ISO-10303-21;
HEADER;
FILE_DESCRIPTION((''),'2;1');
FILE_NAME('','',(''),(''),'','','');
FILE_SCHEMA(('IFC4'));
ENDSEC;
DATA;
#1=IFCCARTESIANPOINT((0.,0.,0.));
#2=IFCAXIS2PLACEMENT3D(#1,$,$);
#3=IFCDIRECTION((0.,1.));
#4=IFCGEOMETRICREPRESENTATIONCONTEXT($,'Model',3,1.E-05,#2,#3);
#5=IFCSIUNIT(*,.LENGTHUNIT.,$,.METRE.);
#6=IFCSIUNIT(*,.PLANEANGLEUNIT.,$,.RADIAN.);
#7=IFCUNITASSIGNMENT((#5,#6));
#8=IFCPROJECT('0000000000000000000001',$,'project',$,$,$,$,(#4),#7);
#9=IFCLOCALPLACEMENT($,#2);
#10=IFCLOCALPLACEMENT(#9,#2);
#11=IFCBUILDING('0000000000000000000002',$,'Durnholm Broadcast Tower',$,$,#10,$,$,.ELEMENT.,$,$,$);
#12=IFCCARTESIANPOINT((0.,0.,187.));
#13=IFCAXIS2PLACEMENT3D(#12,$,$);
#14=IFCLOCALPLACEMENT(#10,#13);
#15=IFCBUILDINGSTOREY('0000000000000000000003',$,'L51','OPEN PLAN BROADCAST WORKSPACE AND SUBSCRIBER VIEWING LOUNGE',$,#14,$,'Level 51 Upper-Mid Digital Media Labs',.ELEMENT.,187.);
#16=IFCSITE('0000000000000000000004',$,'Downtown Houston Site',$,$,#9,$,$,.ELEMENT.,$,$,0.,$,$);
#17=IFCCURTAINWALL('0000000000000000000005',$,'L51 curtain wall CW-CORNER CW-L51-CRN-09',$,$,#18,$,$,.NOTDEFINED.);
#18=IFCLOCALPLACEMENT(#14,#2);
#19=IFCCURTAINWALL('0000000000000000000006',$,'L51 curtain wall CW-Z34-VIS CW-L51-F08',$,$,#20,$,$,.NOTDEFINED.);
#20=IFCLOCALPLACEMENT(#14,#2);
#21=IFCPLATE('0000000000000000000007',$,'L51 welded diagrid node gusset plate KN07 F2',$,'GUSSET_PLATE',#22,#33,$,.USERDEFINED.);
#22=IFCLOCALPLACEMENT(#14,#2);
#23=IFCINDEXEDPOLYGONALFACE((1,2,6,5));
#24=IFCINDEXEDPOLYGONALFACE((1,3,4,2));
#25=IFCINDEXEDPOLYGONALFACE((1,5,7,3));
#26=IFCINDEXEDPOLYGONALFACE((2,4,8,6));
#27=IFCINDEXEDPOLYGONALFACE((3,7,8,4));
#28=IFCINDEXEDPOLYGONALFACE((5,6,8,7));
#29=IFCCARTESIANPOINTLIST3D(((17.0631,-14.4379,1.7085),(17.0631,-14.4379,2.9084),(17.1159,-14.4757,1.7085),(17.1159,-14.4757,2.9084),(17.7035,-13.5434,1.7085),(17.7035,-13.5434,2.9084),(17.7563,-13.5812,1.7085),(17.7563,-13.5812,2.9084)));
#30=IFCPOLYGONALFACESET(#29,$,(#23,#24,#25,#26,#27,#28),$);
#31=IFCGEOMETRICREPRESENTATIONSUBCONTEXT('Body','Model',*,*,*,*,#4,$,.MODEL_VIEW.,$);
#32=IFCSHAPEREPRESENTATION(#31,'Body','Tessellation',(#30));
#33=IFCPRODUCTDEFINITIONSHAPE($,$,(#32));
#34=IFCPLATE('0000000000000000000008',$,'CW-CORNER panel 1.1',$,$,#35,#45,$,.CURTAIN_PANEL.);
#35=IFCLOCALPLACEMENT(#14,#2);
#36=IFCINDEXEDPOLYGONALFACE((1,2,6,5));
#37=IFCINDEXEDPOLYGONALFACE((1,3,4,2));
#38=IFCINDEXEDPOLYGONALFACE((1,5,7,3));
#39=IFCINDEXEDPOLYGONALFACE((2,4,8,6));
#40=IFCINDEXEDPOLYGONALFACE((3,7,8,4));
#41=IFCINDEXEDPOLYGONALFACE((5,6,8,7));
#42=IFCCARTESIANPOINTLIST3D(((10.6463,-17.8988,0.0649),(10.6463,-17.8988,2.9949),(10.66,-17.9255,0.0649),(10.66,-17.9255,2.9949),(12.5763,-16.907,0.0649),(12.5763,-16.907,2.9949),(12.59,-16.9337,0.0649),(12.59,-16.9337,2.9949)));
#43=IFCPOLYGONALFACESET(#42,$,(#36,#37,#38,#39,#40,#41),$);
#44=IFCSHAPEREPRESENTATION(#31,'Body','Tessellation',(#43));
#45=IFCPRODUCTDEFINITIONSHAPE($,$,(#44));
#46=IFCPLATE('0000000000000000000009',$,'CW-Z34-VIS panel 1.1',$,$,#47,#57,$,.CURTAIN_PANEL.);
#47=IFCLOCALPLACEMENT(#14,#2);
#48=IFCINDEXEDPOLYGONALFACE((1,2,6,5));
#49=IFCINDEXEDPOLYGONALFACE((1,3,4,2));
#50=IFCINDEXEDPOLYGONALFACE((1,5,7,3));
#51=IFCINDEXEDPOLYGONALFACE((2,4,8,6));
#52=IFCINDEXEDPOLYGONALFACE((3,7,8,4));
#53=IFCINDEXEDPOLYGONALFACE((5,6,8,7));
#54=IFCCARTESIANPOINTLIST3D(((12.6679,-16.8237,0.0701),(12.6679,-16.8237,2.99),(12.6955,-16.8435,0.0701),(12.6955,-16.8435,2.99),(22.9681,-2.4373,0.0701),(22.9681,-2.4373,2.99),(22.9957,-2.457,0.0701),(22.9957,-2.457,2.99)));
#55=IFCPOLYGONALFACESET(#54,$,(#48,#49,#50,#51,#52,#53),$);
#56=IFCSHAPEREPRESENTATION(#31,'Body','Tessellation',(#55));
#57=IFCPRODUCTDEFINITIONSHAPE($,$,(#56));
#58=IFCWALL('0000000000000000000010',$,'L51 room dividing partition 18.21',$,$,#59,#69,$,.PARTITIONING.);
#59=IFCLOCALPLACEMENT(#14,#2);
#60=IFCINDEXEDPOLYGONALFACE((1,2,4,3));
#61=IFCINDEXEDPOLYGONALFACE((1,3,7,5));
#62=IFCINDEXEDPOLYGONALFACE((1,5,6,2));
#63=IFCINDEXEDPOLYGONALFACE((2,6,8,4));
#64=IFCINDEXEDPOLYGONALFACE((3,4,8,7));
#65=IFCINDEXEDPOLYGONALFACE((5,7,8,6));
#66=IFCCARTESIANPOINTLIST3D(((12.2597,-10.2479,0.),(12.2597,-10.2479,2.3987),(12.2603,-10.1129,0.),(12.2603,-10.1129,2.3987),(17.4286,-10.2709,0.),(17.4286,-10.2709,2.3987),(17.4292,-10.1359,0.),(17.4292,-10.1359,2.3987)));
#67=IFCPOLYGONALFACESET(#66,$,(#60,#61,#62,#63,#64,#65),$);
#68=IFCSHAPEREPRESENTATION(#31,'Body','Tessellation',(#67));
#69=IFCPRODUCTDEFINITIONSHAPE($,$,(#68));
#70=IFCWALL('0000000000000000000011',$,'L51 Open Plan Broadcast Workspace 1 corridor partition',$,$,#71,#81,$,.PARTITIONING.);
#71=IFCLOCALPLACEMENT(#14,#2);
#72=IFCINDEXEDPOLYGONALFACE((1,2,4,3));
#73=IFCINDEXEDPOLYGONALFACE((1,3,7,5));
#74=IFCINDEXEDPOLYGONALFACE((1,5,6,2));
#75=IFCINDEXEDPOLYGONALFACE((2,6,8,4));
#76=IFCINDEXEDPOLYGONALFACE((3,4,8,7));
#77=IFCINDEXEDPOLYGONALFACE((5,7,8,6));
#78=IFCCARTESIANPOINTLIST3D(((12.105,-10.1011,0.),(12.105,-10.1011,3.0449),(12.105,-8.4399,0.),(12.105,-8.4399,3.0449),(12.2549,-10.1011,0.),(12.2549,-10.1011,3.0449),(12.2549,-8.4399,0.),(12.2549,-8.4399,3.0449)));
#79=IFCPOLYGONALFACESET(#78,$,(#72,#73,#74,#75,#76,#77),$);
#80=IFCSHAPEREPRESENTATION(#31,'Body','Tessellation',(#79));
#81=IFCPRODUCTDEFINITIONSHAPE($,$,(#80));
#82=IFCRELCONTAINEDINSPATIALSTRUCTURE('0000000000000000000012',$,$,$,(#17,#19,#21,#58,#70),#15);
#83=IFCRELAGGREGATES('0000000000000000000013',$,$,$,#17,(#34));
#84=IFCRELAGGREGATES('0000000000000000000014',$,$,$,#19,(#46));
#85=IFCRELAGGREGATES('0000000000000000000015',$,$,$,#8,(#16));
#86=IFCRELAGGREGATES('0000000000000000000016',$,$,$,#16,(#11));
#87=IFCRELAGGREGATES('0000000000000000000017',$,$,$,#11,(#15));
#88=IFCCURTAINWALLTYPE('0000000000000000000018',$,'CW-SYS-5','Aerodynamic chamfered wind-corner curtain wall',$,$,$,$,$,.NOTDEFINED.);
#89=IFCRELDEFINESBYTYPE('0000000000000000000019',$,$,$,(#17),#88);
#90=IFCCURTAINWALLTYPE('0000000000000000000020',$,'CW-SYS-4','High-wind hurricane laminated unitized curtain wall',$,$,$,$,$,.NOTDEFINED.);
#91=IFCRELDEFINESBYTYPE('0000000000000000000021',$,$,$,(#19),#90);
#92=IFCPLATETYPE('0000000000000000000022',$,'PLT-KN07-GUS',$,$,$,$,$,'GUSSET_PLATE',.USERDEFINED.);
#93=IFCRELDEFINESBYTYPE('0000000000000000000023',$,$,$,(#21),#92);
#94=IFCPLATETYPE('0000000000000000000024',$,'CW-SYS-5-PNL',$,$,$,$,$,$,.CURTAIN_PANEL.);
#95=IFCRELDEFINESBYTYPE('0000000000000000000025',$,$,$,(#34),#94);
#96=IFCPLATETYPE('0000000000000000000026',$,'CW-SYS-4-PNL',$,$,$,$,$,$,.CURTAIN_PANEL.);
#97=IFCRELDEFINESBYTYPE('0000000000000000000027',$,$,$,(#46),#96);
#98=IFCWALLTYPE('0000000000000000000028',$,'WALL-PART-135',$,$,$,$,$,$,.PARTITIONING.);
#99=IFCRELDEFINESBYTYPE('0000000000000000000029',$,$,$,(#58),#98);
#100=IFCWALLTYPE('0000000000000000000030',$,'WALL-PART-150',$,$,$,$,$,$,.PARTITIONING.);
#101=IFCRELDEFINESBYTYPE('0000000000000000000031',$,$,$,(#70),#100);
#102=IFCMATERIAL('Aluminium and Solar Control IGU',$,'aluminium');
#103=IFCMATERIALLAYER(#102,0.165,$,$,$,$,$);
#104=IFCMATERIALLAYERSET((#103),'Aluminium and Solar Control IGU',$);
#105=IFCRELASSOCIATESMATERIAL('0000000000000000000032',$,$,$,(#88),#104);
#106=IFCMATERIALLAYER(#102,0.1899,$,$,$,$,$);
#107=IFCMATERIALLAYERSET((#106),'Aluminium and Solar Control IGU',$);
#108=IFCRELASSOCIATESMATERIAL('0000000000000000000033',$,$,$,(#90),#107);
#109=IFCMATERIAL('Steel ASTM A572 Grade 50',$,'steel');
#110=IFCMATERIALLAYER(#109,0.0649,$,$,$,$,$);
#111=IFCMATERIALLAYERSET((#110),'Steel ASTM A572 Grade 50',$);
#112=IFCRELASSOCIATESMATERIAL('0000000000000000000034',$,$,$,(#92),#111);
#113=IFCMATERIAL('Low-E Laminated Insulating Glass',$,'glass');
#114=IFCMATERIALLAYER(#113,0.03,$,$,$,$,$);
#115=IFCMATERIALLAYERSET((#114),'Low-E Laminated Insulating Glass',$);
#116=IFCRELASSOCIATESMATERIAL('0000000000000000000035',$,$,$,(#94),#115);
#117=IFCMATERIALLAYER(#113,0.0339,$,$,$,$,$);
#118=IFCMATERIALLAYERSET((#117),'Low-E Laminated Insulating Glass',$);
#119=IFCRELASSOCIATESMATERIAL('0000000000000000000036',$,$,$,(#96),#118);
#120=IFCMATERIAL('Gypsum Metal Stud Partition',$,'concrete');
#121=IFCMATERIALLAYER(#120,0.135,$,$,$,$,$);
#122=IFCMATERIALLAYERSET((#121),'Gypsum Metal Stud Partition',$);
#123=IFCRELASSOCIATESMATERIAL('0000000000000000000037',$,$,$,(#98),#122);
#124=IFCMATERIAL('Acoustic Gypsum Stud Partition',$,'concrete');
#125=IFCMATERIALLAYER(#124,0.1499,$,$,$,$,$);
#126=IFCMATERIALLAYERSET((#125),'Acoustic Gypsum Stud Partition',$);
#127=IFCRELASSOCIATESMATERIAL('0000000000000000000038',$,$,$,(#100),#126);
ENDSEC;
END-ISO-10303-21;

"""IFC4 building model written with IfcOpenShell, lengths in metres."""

from ifc_helpers import new_model, si_unit, direction, frame, frame_2d, origin, origin_2d, place, context, subcontext, project, spatial, rectangle, extrude, source, transform, mapped, material, layer, layer_set, type_object, type_shapes, element, aggregate, save


model = new_model("IFC4")

# Units and contexts
model_context = context("Model", 3, precision=1e-05, world=origin(), true_north=direction((0.0, 1.0)))
body_context = subcontext(model_context, "Body", "Model", "MODEL_VIEW")
ifc_project = project(units=[si_unit("LENGTHUNIT", "METRE"), si_unit("PLANEANGLEUNIT", "RADIAN")], contexts=[model_context])

# Site, building, storey
site_placement = place(None, origin())
site = spatial("IfcSite", under=ifc_project, at=site_placement, Name="Downtown Houston Site", CompositionType="ELEMENT", RefElevation=0.0)
building_placement = place(site_placement, origin())
building = spatial("IfcBuilding", under=site, at=building_placement, Name="Durnholm Broadcast Tower", CompositionType="ELEMENT")
storey_placement = place(building_placement, frame((0.0, 0.0, 187.0)))
storey = spatial("IfcBuildingStorey", under=building, at=storey_placement, Name="L51", Description="OPEN PLAN BROADCAST WORKSPACE AND SUBSCRIBER VIEWING LOUNGE", LongName="Level 51 Upper-Mid Digital Media Labs", CompositionType="ELEMENT", Elevation=187.0)

# Curtain wall
ifc_material_1 = material(Name="Aluminium and Solar Control IGU", Category="aluminium")
ifc_layer_1 = layer(ifc_material_1, 0.165)
ifc_layer_set_1 = layer_set([ifc_layer_1], Name="Aluminium and Solar Control IGU")
curtain_wall_type_1 = type_object("IfcCurtainWallType", Name="CW-SYS-5", Description="Aerodynamic chamfered wind-corner curtain wall", PredefinedType="NOTDEFINED", material=ifc_layer_set_1)
curtain_wall_1_placement = place(storey_placement, origin())
curtain_wall_1 = element("IfcCurtainWall", 1, at=curtain_wall_1_placement, inside=storey, type_object=curtain_wall_type_1, Name="L51 curtain wall CW-CORNER CW-L51-CRN-09", PredefinedType="NOTDEFINED")

# Curtain wall
ifc_layer_2 = layer(ifc_material_1, 0.1899)
ifc_layer_set_2 = layer_set([ifc_layer_2], Name="Aluminium and Solar Control IGU")
curtain_wall_type_2 = type_object("IfcCurtainWallType", Name="CW-SYS-4", Description="High-wind hurricane laminated unitized curtain wall", PredefinedType="NOTDEFINED", material=ifc_layer_set_2)
curtain_wall_2_placement = place(storey_placement, origin())
curtain_wall_2 = element("IfcCurtainWall", 2, at=curtain_wall_2_placement, inside=storey, type_object=curtain_wall_type_2, Name="L51 curtain wall CW-Z34-VIS CW-L51-F08", PredefinedType="NOTDEFINED")

# Plate
ifc_material_2 = material(Name="Steel ASTM A572 Grade 50", Category="steel")
ifc_layer_3 = layer(ifc_material_2, 0.0649)
ifc_layer_set_3 = layer_set([ifc_layer_3], Name="Steel ASTM A572 Grade 50")
plate_type_1 = type_object("IfcPlateType", Name="PLT-KN07-GUS", ElementType="GUSSET_PLATE", PredefinedType="USERDEFINED", material=ifc_layer_set_3)
shared_shape_1 = source(origin(), body_context, "Body", "SweptSolid", [
    extrude(rectangle(XDim=1.1001, YDim=0.0649, at=origin_2d()), origin(), (0.0, 0.0, 1.0), 1.2),
])
type_shapes(plate_type_1, [shared_shape_1])
plate_1_placement = place(storey_placement, frame((17.4097, -14.0095, 1.7085), z_axis=(0.0, 0.0, 1.0), x_axis=(0.582123, 0.813101, 0.0)))
element("IfcPlate", 3, at=plate_1_placement, inside=storey, type_object=plate_type_1, Name="L51 welded diagrid node gusset plate KN07 F2", ObjectType="GUSSET_PLATE", PredefinedType="USERDEFINED", context=body_context, shape_type="MappedRepresentation", body=[
    mapped(shared_shape_1, transform((0.0, 0.0, 0.0), x_axis=(1.0, 0.0, 0.0), y_axis=(0.0, 1.0, 0.0), z_axis=(0.0, 0.0, 1.0), scale=1.0)),
])

# Plates
ifc_material_3 = material(Name="Low-E Laminated Insulating Glass", Category="glass")
ifc_layer_4 = layer(ifc_material_3, 0.03)
ifc_layer_set_4 = layer_set([ifc_layer_4], Name="Low-E Laminated Insulating Glass")
plate_type_2 = type_object("IfcPlateType", Name="CW-SYS-5-PNL", PredefinedType="CURTAIN_PANEL", material=ifc_layer_set_4)
shared_shape_2 = source(origin(), body_context, "Body", "SweptSolid", [
    extrude(rectangle(XDim=2.1699, YDim=0.03, at=origin_2d()), origin(), (0.0, 0.0, 1.0), 2.9299),
])
type_shapes(plate_type_2, [shared_shape_2])
plate_2_placement = place(storey_placement, frame((11.6182, -17.4163, 0.0649), z_axis=(0.0, 0.0, 1.0), x_axis=(-0.889425, -0.457082, 0.0)))
plate_2 = element("IfcPlate", 4, at=plate_2_placement, type_object=plate_type_2, Name="CW-CORNER panel 1.1", PredefinedType="CURTAIN_PANEL", context=body_context, shape_type="MappedRepresentation", body=[
    mapped(shared_shape_2, transform((0.0, 0.0, 0.0), x_axis=(1.0, 0.0, 0.0), y_axis=(0.0, 1.0, 0.0), z_axis=(0.0, 0.0, 1.0), scale=1.0)),
])
aggregate(curtain_wall_1, [plate_2])
ifc_layer_5 = layer(ifc_material_3, 0.0339)
ifc_layer_set_5 = layer_set([ifc_layer_5], Name="Low-E Laminated Insulating Glass")
plate_type_3 = type_object("IfcPlateType", Name="CW-SYS-4-PNL", PredefinedType="CURTAIN_PANEL", material=ifc_layer_set_5)
shared_shape_3 = source(origin(), body_context, "Body", "SweptSolid", [
    extrude(rectangle(XDim=17.6936, YDim=0.0339, at=origin_2d()), origin(), (0.0, 0.0, 1.0), 2.9199),
])
type_shapes(plate_type_3, [shared_shape_3])
plate_3_placement = place(storey_placement, frame((17.8318, -9.6404, 0.0701), z_axis=(0.0, 0.0, 1.0), x_axis=(-0.582139, -0.813089, 0.0)))
plate_3 = element("IfcPlate", 5, at=plate_3_placement, type_object=plate_type_3, Name="CW-Z34-VIS panel 1.1", PredefinedType="CURTAIN_PANEL", context=body_context, shape_type="MappedRepresentation", body=[
    mapped(shared_shape_3, transform((0.0, 0.0, 0.0), x_axis=(1.0, 0.0, 0.0), y_axis=(0.0, 1.0, 0.0), z_axis=(0.0, 0.0, 1.0), scale=1.0)),
])
aggregate(curtain_wall_2, [plate_3])

# Walls
ifc_material_4 = material(Name="Gypsum Metal Stud Partition", Category="concrete")
ifc_layer_6 = layer(ifc_material_4, 0.135)
ifc_layer_set_6 = layer_set([ifc_layer_6], Name="Gypsum Metal Stud Partition")
wall_type_1 = type_object("IfcWallType", Name="WALL-PART-135", PredefinedType="PARTITIONING", material=ifc_layer_set_6)
wall_1_placement = place(storey_placement, frame((12.26, -10.1804, 0.0), z_axis=(0.0, 0.0, 1.0), x_axis=(0.99999, -0.00444, 0.0)))
element("IfcWall", 6, at=wall_1_placement, inside=storey, type_object=wall_type_1, Name="L51 room dividing partition 18.21", PredefinedType="PARTITIONING", context=body_context, shape_type="SweptSolid", body=[
    extrude(rectangle(XDim=5.1689, YDim=0.135, at=frame_2d((2.5845, 0.0))), origin(), (0.0, 0.0, 1.0), 2.3987),
])
ifc_material_5 = material(Name="Acoustic Gypsum Stud Partition", Category="concrete")
ifc_layer_7 = layer(ifc_material_5, 0.1499)
ifc_layer_set_7 = layer_set([ifc_layer_7], Name="Acoustic Gypsum Stud Partition")
wall_type_2 = type_object("IfcWallType", Name="WALL-PART-150", PredefinedType="PARTITIONING", material=ifc_layer_set_7)
wall_2_placement = place(storey_placement, frame((12.1799, -10.1011, 0.0), z_axis=(0.0, 0.0, 1.0), x_axis=(0.0, 1.0, 0.0)))
element("IfcWall", 7, at=wall_2_placement, inside=storey, type_object=wall_type_2, Name="L51 Open Plan Broadcast Workspace 1 corridor partition", PredefinedType="PARTITIONING", context=body_context, shape_type="SweptSolid", body=[
    extrude(rectangle(XDim=1.6611, YDim=0.1499, at=frame_2d((0.8306, 0.0))), origin(), (0.0, 0.0, 1.0), 3.0449),
])

save(model, "model.ifc")
